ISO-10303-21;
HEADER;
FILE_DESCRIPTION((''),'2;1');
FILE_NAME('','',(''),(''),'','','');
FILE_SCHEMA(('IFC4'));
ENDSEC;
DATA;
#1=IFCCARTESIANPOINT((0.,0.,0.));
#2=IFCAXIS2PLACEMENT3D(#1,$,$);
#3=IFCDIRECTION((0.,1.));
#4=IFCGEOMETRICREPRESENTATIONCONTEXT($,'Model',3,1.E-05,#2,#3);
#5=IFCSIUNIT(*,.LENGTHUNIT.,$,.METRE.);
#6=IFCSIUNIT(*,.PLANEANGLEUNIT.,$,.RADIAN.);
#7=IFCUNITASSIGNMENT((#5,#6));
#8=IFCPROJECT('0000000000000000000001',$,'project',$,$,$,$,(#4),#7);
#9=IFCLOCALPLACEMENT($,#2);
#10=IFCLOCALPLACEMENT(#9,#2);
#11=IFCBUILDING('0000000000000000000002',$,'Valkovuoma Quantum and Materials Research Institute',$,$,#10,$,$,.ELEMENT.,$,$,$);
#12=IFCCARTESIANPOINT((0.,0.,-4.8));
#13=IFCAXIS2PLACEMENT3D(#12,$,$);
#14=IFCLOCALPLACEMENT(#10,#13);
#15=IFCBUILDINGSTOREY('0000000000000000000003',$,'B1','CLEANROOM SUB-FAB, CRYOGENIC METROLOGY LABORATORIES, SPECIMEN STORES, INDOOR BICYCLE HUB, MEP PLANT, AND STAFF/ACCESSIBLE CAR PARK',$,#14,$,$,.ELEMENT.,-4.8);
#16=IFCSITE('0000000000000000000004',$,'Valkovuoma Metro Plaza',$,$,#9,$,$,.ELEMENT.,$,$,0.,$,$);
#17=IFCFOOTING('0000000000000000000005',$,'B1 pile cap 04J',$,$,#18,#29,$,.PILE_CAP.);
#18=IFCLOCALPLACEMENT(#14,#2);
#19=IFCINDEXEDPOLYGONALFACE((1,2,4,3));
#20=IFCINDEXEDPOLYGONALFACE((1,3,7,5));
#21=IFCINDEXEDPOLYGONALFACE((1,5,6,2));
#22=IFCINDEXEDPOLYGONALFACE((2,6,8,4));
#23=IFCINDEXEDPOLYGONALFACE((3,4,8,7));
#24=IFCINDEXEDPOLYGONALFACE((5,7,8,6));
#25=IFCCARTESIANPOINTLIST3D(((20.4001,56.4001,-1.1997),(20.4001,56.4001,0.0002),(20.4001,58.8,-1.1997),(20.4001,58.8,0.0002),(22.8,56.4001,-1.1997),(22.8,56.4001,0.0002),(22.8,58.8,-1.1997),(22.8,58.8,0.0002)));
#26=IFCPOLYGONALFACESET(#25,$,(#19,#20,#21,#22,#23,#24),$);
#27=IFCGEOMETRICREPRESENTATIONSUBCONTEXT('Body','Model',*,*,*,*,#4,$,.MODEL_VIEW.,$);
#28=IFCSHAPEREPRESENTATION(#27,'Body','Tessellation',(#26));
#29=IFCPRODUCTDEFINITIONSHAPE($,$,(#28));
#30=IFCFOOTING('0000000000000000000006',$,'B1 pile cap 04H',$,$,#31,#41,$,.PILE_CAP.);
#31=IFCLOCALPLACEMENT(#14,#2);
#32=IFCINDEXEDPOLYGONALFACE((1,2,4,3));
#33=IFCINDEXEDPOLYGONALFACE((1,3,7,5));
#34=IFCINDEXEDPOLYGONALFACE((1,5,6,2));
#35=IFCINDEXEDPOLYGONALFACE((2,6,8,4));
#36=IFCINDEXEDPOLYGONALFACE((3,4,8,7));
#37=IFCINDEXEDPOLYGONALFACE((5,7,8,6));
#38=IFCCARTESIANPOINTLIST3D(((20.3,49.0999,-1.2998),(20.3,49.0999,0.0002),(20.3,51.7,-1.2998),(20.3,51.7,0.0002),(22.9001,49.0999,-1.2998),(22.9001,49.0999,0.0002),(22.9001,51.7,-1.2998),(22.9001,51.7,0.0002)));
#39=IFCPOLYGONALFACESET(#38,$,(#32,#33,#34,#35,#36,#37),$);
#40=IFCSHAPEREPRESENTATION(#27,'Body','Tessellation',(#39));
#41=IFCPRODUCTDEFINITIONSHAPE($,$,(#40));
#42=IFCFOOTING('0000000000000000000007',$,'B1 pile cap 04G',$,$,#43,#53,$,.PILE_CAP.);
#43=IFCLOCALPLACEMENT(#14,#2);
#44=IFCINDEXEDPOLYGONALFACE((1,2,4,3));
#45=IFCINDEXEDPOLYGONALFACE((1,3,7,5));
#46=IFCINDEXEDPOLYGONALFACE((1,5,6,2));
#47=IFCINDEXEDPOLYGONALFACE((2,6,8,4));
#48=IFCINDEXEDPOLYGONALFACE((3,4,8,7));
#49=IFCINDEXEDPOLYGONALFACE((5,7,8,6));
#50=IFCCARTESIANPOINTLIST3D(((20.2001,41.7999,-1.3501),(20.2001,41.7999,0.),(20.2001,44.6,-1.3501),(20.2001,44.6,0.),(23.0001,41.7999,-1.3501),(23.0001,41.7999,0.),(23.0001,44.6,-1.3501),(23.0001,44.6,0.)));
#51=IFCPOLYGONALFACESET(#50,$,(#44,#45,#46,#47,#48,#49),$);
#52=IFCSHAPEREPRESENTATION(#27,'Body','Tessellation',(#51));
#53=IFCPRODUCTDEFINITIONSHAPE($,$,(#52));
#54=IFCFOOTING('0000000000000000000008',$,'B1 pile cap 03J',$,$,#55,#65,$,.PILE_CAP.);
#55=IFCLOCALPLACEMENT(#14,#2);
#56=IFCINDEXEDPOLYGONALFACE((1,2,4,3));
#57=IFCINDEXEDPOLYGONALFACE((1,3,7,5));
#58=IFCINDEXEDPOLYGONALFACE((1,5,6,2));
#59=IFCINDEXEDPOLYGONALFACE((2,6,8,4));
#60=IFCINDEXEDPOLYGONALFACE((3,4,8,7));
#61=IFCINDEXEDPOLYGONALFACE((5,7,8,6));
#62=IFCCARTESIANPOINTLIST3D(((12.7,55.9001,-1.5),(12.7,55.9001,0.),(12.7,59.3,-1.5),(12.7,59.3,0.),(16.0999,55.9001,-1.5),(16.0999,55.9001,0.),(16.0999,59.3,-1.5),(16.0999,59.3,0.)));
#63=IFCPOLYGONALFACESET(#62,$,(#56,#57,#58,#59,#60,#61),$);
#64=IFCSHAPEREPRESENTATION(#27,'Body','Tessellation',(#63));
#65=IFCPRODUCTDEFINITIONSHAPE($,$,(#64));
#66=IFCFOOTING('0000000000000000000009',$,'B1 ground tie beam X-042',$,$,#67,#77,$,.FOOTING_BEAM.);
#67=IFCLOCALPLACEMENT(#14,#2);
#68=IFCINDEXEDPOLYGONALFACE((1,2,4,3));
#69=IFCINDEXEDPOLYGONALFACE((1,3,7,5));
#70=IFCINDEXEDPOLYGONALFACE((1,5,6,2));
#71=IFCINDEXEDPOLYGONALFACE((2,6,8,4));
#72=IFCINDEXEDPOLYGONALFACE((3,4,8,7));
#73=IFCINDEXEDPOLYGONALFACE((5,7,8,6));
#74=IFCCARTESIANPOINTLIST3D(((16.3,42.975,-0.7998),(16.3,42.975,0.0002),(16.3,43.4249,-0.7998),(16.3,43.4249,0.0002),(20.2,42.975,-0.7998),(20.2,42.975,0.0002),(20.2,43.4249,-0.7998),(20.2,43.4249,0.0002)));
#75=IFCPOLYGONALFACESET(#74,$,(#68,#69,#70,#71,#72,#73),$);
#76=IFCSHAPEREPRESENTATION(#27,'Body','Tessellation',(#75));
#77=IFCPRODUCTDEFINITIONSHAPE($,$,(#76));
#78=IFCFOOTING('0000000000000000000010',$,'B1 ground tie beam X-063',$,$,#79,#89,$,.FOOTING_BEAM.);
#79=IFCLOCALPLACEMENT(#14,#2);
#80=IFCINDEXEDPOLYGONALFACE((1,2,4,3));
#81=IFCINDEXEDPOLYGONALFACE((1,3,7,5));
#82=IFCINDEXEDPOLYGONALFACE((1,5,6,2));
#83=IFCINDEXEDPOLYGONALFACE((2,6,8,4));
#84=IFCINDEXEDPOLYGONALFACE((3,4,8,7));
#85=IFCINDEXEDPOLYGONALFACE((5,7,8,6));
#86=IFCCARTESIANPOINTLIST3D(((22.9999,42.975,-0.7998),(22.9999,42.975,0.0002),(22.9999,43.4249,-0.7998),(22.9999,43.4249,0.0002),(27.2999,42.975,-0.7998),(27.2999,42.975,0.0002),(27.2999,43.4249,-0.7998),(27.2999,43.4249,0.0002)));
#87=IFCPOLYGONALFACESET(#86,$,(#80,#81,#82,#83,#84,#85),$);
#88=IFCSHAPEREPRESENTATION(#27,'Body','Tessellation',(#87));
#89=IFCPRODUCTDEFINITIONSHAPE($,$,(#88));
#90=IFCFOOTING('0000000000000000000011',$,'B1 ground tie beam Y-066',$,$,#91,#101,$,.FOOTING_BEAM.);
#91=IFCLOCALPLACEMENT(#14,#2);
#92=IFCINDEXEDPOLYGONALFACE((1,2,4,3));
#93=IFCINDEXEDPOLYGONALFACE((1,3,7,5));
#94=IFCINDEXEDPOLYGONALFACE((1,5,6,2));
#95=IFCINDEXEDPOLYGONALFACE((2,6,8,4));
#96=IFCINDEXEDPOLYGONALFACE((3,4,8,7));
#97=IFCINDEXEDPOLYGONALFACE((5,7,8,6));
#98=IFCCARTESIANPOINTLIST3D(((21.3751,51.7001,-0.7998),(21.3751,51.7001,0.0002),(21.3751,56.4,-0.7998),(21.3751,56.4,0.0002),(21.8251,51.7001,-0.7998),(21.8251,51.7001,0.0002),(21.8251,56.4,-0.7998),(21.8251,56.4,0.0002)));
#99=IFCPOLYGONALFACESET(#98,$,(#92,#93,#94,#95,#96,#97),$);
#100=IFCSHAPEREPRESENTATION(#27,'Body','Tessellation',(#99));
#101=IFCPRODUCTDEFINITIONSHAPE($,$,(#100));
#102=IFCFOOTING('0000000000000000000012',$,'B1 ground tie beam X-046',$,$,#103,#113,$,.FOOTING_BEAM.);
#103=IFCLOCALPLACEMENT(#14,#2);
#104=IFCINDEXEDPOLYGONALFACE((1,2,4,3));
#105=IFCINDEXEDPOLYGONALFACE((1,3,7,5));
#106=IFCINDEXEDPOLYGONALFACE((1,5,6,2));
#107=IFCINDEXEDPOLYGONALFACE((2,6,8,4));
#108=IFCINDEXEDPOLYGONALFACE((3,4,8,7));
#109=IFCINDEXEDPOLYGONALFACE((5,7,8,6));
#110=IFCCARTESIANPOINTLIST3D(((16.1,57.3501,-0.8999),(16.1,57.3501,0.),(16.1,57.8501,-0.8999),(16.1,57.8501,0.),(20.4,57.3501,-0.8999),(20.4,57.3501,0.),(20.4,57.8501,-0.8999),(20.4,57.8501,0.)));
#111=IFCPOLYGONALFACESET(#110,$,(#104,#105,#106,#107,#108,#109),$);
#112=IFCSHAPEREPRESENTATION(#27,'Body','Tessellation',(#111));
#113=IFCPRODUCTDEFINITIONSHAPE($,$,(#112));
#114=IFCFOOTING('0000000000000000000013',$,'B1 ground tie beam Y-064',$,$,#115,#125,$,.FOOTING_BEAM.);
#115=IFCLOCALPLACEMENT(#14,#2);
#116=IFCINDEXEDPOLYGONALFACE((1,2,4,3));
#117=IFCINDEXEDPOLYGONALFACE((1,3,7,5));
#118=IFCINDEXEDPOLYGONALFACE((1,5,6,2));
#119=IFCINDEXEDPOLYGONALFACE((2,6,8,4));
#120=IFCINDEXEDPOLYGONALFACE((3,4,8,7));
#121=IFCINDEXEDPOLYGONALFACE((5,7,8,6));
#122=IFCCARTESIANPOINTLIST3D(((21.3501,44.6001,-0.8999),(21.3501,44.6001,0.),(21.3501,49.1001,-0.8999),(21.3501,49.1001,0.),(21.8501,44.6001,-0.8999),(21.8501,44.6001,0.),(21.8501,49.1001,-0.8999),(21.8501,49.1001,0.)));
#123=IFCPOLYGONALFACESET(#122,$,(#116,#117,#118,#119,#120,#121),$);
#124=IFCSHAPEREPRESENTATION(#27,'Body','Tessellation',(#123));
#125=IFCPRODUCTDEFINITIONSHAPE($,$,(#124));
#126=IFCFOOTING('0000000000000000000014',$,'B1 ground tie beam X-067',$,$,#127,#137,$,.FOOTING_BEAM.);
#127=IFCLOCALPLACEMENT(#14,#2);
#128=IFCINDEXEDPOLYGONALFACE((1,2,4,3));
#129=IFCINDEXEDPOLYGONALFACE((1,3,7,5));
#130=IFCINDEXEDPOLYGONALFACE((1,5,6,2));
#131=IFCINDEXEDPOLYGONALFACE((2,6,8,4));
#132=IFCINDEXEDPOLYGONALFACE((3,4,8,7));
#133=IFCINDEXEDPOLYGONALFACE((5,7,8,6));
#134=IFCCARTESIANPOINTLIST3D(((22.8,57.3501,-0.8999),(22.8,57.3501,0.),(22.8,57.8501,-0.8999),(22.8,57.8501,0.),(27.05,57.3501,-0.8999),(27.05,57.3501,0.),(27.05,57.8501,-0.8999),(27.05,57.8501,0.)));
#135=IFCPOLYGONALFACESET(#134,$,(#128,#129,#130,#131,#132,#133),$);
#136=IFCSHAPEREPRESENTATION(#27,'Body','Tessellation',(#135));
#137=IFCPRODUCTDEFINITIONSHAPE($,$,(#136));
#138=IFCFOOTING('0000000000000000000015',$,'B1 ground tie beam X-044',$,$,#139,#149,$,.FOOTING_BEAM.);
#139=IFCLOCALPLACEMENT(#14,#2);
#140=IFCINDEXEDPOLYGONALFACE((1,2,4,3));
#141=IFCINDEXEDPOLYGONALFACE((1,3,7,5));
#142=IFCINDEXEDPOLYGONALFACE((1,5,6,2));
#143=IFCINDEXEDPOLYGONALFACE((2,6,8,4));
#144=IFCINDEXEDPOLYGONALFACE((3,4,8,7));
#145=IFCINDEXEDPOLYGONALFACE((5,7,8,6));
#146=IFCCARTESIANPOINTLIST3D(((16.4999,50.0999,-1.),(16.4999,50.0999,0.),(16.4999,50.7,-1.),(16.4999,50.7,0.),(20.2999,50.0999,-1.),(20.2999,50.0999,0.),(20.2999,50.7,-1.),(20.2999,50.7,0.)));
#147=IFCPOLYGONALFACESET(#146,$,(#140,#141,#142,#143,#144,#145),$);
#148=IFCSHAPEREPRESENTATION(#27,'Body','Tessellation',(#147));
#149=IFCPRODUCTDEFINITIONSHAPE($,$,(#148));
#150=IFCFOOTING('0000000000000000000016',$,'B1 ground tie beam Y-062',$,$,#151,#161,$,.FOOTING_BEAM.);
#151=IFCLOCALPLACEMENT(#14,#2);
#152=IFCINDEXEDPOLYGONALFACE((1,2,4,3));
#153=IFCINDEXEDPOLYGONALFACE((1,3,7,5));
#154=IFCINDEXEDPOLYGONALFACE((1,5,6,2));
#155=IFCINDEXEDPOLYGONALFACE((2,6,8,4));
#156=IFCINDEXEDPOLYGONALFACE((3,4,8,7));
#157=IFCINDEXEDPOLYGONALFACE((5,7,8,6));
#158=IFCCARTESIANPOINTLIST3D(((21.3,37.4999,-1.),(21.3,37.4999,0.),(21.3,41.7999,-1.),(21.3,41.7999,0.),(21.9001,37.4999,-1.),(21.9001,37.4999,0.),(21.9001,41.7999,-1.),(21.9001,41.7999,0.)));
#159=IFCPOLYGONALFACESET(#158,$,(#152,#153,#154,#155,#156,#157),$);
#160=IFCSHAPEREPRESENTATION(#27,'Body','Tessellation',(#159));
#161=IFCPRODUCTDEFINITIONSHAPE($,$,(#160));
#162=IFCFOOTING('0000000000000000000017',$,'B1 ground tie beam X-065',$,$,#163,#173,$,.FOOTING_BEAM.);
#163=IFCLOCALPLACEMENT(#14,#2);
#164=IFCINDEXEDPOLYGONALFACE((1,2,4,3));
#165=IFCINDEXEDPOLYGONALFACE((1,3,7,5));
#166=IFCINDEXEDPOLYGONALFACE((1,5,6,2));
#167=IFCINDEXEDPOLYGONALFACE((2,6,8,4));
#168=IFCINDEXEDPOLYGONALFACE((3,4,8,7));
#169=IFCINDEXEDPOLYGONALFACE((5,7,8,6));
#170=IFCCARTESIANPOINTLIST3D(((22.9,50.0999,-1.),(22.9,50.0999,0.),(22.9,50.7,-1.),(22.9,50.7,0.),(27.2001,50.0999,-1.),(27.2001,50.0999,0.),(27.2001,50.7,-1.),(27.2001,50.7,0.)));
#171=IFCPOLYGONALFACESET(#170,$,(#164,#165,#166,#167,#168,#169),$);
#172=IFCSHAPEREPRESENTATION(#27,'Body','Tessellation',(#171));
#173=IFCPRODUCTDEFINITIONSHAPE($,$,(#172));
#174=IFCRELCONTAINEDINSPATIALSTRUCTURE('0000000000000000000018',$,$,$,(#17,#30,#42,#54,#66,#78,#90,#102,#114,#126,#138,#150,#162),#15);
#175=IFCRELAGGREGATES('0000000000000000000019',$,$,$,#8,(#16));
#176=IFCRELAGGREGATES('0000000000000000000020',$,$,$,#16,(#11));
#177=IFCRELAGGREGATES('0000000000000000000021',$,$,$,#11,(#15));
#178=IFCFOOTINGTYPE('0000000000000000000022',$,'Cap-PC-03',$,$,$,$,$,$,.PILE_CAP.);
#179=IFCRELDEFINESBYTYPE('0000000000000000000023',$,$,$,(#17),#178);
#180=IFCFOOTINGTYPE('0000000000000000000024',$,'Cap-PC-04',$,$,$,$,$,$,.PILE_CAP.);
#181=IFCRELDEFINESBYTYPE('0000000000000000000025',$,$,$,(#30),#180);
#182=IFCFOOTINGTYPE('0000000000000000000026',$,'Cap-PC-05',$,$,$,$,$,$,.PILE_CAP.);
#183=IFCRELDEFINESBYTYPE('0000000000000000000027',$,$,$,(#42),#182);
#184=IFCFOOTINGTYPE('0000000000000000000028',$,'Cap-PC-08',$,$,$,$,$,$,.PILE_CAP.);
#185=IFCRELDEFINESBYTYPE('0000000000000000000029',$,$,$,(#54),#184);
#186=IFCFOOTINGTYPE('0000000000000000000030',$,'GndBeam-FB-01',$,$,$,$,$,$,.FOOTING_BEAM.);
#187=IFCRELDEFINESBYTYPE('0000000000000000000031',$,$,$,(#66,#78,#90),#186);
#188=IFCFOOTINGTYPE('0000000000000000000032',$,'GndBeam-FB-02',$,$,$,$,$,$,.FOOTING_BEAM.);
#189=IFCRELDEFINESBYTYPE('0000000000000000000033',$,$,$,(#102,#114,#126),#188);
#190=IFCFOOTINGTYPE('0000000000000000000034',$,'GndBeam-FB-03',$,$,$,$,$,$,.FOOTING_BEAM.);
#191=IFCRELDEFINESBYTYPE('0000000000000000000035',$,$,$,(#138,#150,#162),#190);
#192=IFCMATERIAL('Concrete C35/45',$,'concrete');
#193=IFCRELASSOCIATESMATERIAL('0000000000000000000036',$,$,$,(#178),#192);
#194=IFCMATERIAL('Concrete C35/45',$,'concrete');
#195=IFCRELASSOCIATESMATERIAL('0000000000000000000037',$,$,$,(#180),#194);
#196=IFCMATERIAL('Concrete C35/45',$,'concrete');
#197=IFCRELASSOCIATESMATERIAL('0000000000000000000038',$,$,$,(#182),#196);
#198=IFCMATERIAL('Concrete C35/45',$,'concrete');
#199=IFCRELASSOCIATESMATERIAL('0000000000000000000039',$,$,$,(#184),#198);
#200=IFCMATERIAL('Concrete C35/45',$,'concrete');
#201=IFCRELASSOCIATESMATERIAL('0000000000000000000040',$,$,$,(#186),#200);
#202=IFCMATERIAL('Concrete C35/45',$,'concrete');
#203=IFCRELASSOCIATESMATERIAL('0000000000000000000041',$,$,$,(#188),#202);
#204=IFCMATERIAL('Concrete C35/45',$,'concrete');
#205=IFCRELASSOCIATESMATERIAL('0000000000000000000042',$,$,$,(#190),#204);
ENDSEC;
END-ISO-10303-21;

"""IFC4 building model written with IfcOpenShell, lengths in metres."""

from ifc_helpers import new_model, si_unit, direction, frame, origin, origin_2d, place, context, subcontext, project, spatial, rectangle, extrude, material, type_object, element, save


model = new_model("IFC4")

# Units and contexts
model_context = context("Model", 3, precision=1e-05, world=origin(), true_north=direction((0.0, 1.0)))
body_context = subcontext(model_context, "Body", "Model", "MODEL_VIEW")
ifc_project = project(units=[si_unit("LENGTHUNIT", "METRE"), si_unit("PLANEANGLEUNIT", "RADIAN")], contexts=[model_context])

# Site, building, storey
site_placement = place(None, origin())
site = spatial("IfcSite", under=ifc_project, at=site_placement, Name="Valkovuoma Metro Plaza", CompositionType="ELEMENT", RefElevation=0.0)
building_placement = place(site_placement, origin())
building = spatial("IfcBuilding", under=site, at=building_placement, Name="Valkovuoma Quantum and Materials Research Institute", CompositionType="ELEMENT")
storey_placement = place(building_placement, frame((0.0, 0.0, -4.8)))
storey = spatial("IfcBuildingStorey", under=building, at=storey_placement, Name="B1", Description="CLEANROOM SUB-FAB, CRYOGENIC METROLOGY LABORATORIES, SPECIMEN STORES, INDOOR BICYCLE HUB, MEP PLANT, AND STAFF/ACCESSIBLE CAR PARK", CompositionType="ELEMENT", Elevation=-4.8)

# Footings
ifc_material_1 = material(Name="Concrete C35/45", Category="concrete")
footing_type_1 = type_object("IfcFootingType", Name="Cap-PC-03", PredefinedType="PILE_CAP", material=ifc_material_1)
footing_1_placement = place(storey_placement, frame((21.6001, 57.6001, -1.1997), z_axis=(0.0, 0.0, 1.0), x_axis=(1.0, 0.0, 0.0)))
element("IfcFooting", 1, at=footing_1_placement, inside=storey, type_object=footing_type_1, Name="B1 pile cap 04J", PredefinedType="PILE_CAP", context=body_context, shape_type="SweptSolid", body=[
    extrude(rectangle(XDim=2.3999, YDim=2.3999, at=origin_2d()), origin(), (0.0, 0.0, 1.0), 1.2),
])
ifc_material_2 = material(Name="Concrete C35/45", Category="concrete")
footing_type_2 = type_object("IfcFootingType", Name="Cap-PC-04", PredefinedType="PILE_CAP", material=ifc_material_2)
footing_2_placement = place(storey_placement, frame((21.6001, 50.3999, -1.2998), z_axis=(0.0, 0.0, 1.0), x_axis=(1.0, 0.0, 0.0)))
element("IfcFooting", 2, at=footing_2_placement, inside=storey, type_object=footing_type_2, Name="B1 pile cap 04H", PredefinedType="PILE_CAP", context=body_context, shape_type="SweptSolid", body=[
    extrude(rectangle(XDim=2.6001, YDim=2.6001, at=origin_2d()), origin(), (0.0, 0.0, 1.0), 1.3),
])
ifc_material_3 = material(Name="Concrete C35/45", Category="concrete")
footing_type_3 = type_object("IfcFootingType", Name="Cap-PC-05", PredefinedType="PILE_CAP", material=ifc_material_3)
footing_3_placement = place(storey_placement, frame((21.6001, 43.2, -1.3501), z_axis=(0.0, 0.0, 1.0), x_axis=(1.0, 0.0, 0.0)))
element("IfcFooting", 3, at=footing_3_placement, inside=storey, type_object=footing_type_3, Name="B1 pile cap 04G", PredefinedType="PILE_CAP", context=body_context, shape_type="SweptSolid", body=[
    extrude(rectangle(XDim=2.8, YDim=2.8, at=origin_2d()), origin(), (0.0, 0.0, 1.0), 1.3501),
])
ifc_material_4 = material(Name="Concrete C35/45", Category="concrete")
footing_type_4 = type_object("IfcFootingType", Name="Cap-PC-08", PredefinedType="PILE_CAP", material=ifc_material_4)
footing_4_placement = place(storey_placement, frame((14.3999, 57.6001, -1.5), z_axis=(0.0, 0.0, 1.0), x_axis=(1.0, 0.0, 0.0)))
element("IfcFooting", 4, at=footing_4_placement, inside=storey, type_object=footing_type_4, Name="B1 pile cap 03J", PredefinedType="PILE_CAP", context=body_context, shape_type="SweptSolid", body=[
    extrude(rectangle(XDim=3.3999, YDim=3.3999, at=origin_2d()), origin(), (0.0, 0.0, 1.0), 1.5),
])
ifc_material_5 = material(Name="Concrete C35/45", Category="concrete")
footing_type_5 = type_object("IfcFootingType", Name="GndBeam-FB-01", PredefinedType="FOOTING_BEAM", material=ifc_material_5)
footing_5_placement = place(storey_placement, frame((18.25, 43.2, -0.7998), z_axis=(0.0, 0.0, 1.0), x_axis=(1.0, 0.0, 0.0)))
element("IfcFooting", 5, at=footing_5_placement, inside=storey, type_object=footing_type_5, Name="B1 ground tie beam X-042", PredefinedType="FOOTING_BEAM", context=body_context, shape_type="SweptSolid", body=[
    extrude(rectangle(XDim=3.8999, YDim=0.45, at=origin_2d()), origin(), (0.0, 0.0, 1.0), 0.8),
])
footing_6_placement = place(storey_placement, frame((25.1499, 43.2, -0.7998), z_axis=(0.0, 0.0, 1.0), x_axis=(1.0, 0.0, 0.0)))
element("IfcFooting", 6, at=footing_6_placement, inside=storey, type_object=footing_type_5, Name="B1 ground tie beam X-063", PredefinedType="FOOTING_BEAM", context=body_context, shape_type="SweptSolid", body=[
    extrude(rectangle(XDim=4.3, YDim=0.45, at=origin_2d()), origin(), (0.0, 0.0, 1.0), 0.8),
])
footing_7_placement = place(storey_placement, frame((21.6001, 54.05, -0.7998), z_axis=(0.0, 0.0, 1.0), x_axis=(0.0, 1.0, 0.0)))
element("IfcFooting", 7, at=footing_7_placement, inside=storey, type_object=footing_type_5, Name="B1 ground tie beam Y-066", PredefinedType="FOOTING_BEAM", context=body_context, shape_type="SweptSolid", body=[
    extrude(rectangle(XDim=4.7, YDim=0.45, at=origin_2d()), origin(), (0.0, 0.0, 1.0), 0.8),
])
ifc_material_6 = material(Name="Concrete C35/45", Category="concrete")
footing_type_6 = type_object("IfcFootingType", Name="GndBeam-FB-02", PredefinedType="FOOTING_BEAM", material=ifc_material_6)
footing_8_placement = place(storey_placement, frame((18.25, 57.6001, -0.8999), z_axis=(0.0, 0.0, 1.0), x_axis=(1.0, 0.0, 0.0)))
element("IfcFooting", 8, at=footing_8_placement, inside=storey, type_object=footing_type_6, Name="B1 ground tie beam X-046", PredefinedType="FOOTING_BEAM", context=body_context, shape_type="SweptSolid", body=[
    extrude(rectangle(XDim=4.3, YDim=0.5, at=origin_2d()), origin(), (0.0, 0.0, 1.0), 0.8999),
])
footing_9_placement = place(storey_placement, frame((21.6001, 46.8501, -0.8999), z_axis=(0.0, 0.0, 1.0), x_axis=(0.0, 1.0, 0.0)))
element("IfcFooting", 9, at=footing_9_placement, inside=storey, type_object=footing_type_6, Name="B1 ground tie beam Y-064", PredefinedType="FOOTING_BEAM", context=body_context, shape_type="SweptSolid", body=[
    extrude(rectangle(XDim=4.5, YDim=0.5, at=origin_2d()), origin(), (0.0, 0.0, 1.0), 0.8999),
])
footing_10_placement = place(storey_placement, frame((24.925, 57.6001, -0.8999), z_axis=(0.0, 0.0, 1.0), x_axis=(1.0, 0.0, 0.0)))
element("IfcFooting", 10, at=footing_10_placement, inside=storey, type_object=footing_type_6, Name="B1 ground tie beam X-067", PredefinedType="FOOTING_BEAM", context=body_context, shape_type="SweptSolid", body=[
    extrude(rectangle(XDim=4.25, YDim=0.5, at=origin_2d()), origin(), (0.0, 0.0, 1.0), 0.8999),
])
ifc_material_7 = material(Name="Concrete C35/45", Category="concrete")
footing_type_7 = type_object("IfcFootingType", Name="GndBeam-FB-03", PredefinedType="FOOTING_BEAM", material=ifc_material_7)
footing_11_placement = place(storey_placement, frame((18.3999, 50.3999, -1.0), z_axis=(0.0, 0.0, 1.0), x_axis=(1.0, 0.0, 0.0)))
element("IfcFooting", 11, at=footing_11_placement, inside=storey, type_object=footing_type_7, Name="B1 ground tie beam X-044", PredefinedType="FOOTING_BEAM", context=body_context, shape_type="SweptSolid", body=[
    extrude(rectangle(XDim=3.8, YDim=0.6001, at=origin_2d()), origin(), (0.0, 0.0, 1.0), 1.0),
])
for number, where, z_axis, x_axis, name in (
    (12, (21.6001, 39.6499, -1.0), (0.0, 0.0, 1.0), (0.0, 1.0, 0.0), "B1 ground tie beam Y-062"),
    (13, (25.05, 50.3999, -1.0), (0.0, 0.0, 1.0), (1.0, 0.0, 0.0), "B1 ground tie beam X-065"),
):
    element("IfcFooting", number, at=place(storey_placement, frame(where, z_axis=z_axis, x_axis=x_axis)), inside=storey, type_object=footing_type_7, Name=name, PredefinedType="FOOTING_BEAM", context=body_context, shape_type="SweptSolid", body=[
        extrude(rectangle(XDim=4.3, YDim=0.6001, at=origin_2d()), origin(), (0.0, 0.0, 1.0), 1.0),
    ])

save(model, "model.ifc")
